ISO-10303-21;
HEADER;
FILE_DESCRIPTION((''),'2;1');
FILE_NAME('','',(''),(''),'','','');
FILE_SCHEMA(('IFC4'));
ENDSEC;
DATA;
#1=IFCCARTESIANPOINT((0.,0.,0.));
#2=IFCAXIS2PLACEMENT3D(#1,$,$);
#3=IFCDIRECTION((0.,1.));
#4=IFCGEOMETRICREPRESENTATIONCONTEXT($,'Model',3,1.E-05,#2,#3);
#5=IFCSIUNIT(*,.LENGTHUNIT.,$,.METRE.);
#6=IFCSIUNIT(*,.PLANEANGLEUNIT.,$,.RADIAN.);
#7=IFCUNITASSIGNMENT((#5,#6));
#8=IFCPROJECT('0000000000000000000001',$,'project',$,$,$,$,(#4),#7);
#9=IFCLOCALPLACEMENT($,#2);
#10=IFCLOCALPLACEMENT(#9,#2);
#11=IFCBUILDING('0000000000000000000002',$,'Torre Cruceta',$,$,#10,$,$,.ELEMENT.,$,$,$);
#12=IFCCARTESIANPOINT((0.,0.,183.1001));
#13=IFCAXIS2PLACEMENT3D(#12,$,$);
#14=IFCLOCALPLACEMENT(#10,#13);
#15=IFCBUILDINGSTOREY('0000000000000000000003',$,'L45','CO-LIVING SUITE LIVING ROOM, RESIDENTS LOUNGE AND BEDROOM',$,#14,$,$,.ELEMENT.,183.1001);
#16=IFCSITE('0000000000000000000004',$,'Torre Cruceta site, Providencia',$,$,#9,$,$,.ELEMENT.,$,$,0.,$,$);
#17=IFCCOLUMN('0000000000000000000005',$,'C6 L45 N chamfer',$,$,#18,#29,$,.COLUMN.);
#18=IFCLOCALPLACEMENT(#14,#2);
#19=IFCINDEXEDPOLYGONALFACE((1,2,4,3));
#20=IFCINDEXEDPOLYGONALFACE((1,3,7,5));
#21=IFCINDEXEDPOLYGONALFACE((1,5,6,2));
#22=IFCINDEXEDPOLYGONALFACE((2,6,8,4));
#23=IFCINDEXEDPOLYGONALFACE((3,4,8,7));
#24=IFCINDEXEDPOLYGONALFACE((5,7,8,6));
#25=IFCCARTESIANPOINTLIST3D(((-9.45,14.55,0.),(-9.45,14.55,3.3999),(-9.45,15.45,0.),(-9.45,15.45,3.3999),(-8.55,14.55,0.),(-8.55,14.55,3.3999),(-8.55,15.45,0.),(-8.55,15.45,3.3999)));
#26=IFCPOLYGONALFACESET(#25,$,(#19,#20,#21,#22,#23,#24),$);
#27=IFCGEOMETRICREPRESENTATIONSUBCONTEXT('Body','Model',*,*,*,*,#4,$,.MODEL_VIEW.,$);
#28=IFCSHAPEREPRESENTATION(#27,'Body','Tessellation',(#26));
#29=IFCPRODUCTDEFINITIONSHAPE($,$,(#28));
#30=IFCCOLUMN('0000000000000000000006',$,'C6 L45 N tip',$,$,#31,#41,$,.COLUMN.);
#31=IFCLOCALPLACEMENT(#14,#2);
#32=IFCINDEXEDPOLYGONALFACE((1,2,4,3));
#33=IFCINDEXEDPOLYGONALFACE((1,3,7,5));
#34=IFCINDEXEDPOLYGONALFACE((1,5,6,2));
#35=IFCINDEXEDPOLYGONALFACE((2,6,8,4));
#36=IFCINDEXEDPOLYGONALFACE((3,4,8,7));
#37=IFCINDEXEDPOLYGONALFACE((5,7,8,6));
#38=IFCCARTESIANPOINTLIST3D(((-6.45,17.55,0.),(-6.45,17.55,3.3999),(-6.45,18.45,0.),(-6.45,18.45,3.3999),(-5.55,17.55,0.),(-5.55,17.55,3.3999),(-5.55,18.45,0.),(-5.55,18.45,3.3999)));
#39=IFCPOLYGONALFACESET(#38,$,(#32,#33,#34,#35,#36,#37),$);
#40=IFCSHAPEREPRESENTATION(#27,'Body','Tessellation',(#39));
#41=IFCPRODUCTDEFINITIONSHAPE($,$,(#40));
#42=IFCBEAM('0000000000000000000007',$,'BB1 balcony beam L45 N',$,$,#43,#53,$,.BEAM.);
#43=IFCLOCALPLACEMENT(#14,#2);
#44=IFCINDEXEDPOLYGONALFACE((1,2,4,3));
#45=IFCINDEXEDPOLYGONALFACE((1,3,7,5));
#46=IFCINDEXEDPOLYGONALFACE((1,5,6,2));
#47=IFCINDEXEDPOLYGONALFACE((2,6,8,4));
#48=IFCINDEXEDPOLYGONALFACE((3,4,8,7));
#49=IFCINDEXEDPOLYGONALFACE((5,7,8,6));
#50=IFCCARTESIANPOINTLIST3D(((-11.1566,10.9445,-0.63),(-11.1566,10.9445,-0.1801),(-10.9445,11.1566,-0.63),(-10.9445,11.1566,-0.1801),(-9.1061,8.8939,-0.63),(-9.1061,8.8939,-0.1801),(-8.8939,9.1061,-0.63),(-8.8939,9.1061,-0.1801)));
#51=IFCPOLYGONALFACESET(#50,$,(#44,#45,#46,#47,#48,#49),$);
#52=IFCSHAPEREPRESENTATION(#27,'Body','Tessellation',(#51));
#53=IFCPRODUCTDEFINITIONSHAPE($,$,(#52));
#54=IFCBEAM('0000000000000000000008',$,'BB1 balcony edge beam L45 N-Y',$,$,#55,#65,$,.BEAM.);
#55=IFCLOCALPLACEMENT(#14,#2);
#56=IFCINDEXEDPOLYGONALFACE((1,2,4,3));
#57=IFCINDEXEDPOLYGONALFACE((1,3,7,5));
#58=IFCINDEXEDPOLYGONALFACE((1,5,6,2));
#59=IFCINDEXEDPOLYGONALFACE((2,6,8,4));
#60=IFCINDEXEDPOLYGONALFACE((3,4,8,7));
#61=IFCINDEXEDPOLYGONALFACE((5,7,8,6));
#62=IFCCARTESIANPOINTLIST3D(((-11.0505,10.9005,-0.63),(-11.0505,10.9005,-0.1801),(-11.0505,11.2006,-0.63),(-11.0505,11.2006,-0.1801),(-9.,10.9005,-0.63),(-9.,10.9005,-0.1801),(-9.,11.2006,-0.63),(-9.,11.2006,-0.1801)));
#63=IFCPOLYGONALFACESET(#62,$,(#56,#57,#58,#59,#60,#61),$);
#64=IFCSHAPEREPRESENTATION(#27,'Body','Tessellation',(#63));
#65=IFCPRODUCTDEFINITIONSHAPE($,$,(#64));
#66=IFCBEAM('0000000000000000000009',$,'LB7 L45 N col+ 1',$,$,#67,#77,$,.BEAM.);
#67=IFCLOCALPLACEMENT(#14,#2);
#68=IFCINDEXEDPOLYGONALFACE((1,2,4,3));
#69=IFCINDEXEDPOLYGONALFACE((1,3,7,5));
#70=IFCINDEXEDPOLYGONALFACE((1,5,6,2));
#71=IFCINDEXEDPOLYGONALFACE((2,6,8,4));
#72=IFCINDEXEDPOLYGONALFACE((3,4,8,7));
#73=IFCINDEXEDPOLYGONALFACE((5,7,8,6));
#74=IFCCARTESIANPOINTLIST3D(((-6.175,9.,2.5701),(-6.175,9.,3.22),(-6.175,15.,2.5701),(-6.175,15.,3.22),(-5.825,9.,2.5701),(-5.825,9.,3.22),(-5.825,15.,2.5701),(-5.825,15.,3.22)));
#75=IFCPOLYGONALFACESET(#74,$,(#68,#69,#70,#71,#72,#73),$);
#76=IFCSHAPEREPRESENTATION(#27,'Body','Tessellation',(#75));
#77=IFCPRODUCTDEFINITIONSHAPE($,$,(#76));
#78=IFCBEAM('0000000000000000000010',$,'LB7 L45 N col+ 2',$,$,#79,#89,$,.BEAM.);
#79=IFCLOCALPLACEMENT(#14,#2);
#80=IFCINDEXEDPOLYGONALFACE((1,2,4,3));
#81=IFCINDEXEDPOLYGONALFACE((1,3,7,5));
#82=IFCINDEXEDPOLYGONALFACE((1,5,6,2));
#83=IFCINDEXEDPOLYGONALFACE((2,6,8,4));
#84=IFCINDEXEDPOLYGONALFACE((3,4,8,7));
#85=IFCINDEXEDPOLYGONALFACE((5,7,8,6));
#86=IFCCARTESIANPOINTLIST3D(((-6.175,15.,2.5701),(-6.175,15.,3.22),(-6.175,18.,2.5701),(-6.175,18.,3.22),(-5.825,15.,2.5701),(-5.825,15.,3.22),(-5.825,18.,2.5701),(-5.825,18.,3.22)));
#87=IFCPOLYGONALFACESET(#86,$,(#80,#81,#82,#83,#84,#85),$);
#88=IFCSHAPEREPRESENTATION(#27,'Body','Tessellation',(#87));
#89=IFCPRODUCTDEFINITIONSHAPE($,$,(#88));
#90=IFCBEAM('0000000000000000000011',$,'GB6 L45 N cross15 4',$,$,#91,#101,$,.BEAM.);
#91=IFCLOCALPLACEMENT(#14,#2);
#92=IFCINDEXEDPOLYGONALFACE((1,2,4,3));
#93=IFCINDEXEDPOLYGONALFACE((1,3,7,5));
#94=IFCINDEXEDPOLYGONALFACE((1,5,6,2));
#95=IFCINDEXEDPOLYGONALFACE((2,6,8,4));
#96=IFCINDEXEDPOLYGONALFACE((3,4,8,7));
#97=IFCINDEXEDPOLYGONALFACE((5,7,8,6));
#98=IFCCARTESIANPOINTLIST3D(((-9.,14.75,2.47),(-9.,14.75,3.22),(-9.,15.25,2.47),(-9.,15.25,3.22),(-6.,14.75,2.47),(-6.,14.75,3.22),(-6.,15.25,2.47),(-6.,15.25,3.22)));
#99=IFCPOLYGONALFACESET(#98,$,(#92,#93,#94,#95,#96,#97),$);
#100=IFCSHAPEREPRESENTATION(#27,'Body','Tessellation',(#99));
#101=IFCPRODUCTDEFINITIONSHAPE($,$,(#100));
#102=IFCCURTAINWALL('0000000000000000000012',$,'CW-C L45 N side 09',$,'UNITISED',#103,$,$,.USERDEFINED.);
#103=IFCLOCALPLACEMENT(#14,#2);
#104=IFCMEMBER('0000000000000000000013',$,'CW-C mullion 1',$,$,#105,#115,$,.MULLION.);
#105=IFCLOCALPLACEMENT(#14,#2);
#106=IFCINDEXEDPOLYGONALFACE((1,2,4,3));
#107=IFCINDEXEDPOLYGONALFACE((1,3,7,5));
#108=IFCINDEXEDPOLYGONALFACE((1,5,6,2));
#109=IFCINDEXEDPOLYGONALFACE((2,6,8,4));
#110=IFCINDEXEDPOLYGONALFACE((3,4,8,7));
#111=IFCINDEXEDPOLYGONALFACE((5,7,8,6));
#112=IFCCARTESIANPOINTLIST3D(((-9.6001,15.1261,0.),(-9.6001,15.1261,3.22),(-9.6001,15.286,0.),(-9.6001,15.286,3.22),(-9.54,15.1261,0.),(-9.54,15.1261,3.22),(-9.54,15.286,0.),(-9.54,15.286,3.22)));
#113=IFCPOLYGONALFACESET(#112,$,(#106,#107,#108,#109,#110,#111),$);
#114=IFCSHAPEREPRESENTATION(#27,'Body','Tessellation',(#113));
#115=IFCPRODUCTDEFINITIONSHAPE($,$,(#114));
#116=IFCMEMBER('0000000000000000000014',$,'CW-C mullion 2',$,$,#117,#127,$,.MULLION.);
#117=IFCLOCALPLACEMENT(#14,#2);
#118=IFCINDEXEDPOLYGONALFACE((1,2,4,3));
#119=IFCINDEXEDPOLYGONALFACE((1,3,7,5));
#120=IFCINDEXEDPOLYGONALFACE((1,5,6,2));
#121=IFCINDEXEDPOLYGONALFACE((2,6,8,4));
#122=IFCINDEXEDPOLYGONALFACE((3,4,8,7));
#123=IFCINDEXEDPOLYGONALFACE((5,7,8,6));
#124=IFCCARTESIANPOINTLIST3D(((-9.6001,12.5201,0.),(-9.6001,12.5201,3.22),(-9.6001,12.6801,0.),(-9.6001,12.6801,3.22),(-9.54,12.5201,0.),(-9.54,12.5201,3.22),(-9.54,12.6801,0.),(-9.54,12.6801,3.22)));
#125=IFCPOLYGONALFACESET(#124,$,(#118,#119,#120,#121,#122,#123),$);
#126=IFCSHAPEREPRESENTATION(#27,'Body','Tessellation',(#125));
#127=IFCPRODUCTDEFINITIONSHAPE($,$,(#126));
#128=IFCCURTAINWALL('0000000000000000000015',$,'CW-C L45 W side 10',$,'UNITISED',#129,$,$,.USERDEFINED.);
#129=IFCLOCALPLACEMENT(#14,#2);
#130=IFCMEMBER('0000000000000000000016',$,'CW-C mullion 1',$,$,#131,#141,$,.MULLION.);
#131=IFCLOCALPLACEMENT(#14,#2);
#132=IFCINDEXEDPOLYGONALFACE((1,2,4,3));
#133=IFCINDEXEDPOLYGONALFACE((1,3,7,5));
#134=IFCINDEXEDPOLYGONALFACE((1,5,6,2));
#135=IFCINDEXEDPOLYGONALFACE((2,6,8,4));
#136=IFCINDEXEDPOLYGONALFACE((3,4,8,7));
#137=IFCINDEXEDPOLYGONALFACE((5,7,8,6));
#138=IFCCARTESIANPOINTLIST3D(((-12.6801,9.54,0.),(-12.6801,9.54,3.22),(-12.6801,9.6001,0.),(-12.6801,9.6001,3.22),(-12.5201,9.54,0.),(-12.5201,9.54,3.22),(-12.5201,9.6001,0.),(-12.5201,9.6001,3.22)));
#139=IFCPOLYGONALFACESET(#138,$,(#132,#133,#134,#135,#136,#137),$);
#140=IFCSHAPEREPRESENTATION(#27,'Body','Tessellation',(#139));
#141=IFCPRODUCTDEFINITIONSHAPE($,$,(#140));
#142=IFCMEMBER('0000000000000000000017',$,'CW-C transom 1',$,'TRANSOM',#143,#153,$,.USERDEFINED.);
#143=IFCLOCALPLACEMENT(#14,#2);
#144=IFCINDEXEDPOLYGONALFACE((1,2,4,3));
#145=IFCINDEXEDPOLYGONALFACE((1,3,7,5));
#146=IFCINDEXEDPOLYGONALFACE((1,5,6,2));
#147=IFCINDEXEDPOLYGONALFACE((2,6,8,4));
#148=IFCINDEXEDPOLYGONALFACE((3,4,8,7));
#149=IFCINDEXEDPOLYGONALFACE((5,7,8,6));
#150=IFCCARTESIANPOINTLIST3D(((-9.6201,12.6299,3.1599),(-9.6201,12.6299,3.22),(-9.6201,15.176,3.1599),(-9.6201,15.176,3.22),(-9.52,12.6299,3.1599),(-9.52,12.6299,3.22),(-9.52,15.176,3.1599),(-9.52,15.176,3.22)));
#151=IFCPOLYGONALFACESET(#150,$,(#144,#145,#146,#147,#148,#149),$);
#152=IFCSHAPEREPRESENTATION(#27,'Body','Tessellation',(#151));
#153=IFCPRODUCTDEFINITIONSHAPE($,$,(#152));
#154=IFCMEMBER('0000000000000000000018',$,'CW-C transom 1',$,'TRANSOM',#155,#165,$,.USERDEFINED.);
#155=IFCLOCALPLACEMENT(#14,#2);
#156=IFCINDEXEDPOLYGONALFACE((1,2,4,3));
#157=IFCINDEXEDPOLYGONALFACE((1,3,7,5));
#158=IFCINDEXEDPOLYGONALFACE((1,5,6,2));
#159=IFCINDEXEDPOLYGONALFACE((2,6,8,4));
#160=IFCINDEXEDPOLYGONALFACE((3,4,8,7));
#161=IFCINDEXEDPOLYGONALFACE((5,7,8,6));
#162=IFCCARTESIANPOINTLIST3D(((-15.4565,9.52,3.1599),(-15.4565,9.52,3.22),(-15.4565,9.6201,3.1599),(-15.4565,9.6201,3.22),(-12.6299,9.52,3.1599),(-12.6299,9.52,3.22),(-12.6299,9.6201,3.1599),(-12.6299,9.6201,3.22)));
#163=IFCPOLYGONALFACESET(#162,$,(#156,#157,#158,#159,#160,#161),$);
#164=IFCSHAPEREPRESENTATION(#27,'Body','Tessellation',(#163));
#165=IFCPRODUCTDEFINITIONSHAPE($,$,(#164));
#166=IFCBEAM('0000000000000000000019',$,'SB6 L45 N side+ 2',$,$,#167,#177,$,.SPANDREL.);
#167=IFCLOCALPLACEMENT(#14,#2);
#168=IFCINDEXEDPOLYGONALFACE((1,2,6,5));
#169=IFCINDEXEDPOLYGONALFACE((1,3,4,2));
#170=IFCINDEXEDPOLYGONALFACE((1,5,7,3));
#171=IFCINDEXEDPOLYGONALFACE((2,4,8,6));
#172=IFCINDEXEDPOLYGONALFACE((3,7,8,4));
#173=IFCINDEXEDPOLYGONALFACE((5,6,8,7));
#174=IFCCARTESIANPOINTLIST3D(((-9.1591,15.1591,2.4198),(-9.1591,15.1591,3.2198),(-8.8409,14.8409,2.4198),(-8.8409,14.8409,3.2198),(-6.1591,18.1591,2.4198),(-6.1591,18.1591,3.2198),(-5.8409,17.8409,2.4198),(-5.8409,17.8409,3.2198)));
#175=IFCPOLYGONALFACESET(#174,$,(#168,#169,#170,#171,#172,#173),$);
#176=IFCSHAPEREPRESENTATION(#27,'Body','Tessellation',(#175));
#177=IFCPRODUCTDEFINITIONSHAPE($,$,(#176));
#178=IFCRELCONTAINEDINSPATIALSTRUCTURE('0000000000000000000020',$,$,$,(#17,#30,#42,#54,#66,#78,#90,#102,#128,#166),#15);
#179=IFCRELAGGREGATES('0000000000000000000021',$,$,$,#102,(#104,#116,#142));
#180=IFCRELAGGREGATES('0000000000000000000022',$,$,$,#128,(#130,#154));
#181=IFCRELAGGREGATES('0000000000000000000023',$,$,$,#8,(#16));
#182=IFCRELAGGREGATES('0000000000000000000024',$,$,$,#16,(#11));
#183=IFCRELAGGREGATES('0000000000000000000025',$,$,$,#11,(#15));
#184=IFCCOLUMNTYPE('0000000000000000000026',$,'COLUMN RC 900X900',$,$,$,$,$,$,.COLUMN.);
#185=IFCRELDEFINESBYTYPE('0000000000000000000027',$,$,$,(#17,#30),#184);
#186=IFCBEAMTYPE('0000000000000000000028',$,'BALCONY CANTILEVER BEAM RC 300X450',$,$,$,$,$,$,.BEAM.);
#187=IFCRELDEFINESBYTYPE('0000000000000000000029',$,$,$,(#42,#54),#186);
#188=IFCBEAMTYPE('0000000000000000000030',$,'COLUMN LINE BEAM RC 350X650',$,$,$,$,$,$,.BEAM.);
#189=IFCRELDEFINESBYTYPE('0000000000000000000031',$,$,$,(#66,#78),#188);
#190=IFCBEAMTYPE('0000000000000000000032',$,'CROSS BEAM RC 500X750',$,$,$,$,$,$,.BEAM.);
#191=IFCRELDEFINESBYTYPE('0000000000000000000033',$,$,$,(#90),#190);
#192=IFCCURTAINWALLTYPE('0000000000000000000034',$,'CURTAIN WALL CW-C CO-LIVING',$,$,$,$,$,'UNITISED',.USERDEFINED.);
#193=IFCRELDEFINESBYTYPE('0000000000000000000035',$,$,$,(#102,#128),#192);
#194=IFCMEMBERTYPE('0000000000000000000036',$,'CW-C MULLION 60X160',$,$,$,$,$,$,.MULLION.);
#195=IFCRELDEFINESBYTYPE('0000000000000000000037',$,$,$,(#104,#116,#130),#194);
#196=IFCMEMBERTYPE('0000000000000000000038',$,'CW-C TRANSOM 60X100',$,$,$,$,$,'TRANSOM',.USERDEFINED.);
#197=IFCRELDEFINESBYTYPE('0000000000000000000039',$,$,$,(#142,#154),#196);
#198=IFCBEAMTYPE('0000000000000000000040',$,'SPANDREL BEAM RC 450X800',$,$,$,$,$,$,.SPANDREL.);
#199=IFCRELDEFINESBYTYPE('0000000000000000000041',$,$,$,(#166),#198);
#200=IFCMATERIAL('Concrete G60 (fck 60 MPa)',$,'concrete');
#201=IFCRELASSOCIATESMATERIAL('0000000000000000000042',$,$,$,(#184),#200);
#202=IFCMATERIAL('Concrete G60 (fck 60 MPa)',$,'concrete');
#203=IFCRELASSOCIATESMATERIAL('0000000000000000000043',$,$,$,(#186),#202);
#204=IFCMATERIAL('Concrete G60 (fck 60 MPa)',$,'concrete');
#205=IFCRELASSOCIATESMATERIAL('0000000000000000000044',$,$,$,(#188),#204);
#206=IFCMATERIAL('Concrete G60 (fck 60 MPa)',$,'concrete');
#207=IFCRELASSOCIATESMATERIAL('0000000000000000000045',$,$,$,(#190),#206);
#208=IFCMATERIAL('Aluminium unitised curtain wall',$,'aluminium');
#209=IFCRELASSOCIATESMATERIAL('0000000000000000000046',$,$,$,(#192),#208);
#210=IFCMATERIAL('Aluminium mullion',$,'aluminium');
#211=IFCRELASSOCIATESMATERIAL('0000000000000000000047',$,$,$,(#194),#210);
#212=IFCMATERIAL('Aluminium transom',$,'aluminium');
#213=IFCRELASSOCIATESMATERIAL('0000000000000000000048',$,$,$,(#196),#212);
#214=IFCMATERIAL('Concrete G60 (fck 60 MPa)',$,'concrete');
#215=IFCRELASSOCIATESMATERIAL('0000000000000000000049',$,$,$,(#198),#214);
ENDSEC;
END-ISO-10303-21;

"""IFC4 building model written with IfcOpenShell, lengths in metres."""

from ifc_helpers import new_model, si_unit, direction, frame, origin, origin_2d, place, context, subcontext, project, spatial, rectangle, extrude, material, material_profile, profile_set, type_object, element, aggregate, save


model = new_model("IFC4")

# Units and contexts
model_context = context("Model", 3, precision=1e-05, world=origin(), true_north=direction((0.0, 1.0)))
body_context = subcontext(model_context, "Body", "Model", "MODEL_VIEW")
ifc_project = project(units=[si_unit("LENGTHUNIT", "METRE"), si_unit("PLANEANGLEUNIT", "RADIAN")], contexts=[model_context])

# Site, building, storey
site_placement = place(None, origin())
site = spatial("IfcSite", under=ifc_project, at=site_placement, Name="Torre Cruceta site, Providencia", CompositionType="ELEMENT", RefElevation=0.0)
building_placement = place(site_placement, origin())
building = spatial("IfcBuilding", under=site, at=building_placement, Name="Torre Cruceta", CompositionType="ELEMENT")
storey_placement = place(building_placement, frame((0.0, 0.0, 183.1001)))
storey = spatial("IfcBuildingStorey", under=building, at=storey_placement, Name="L45", Description="CO-LIVING SUITE LIVING ROOM, RESIDENTS LOUNGE AND BEDROOM", CompositionType="ELEMENT", Elevation=183.1001)

# Columns
ifc_material_1 = material(Name="Concrete G60 (fck 60 MPa)", Category="concrete")
ifc_material_profile_1 = material_profile(ifc_material_1, rectangle(XDim=0.8999, YDim=0.8999, at=origin_2d()), Name="RC 900X900")
ifc_profile_set_1 = profile_set([ifc_material_profile_1], Name="Concrete G60 (fck 60 MPa)")
column_type = type_object("IfcColumnType", Name="COLUMN RC 900X900", PredefinedType="COLUMN", material=ifc_profile_set_1)
for number, where, z_axis, x_axis, name in (
    (1, (-9.0, 15.0, 0.0), (0.0, 0.0, 1.0), (1.0, 0.0, 0.0), "C6 L45 N chamfer"),
    (2, (-6.0, 18.0, 0.0), (0.0, 0.0, 1.0), (1.0, 0.0, 0.0), "C6 L45 N tip"),
):
    element("IfcColumn", number, at=place(storey_placement, frame(where, z_axis=z_axis, x_axis=x_axis)), inside=storey, type_object=column_type, Name=name, PredefinedType="COLUMN", context=body_context, shape_type="SweptSolid", body=[
        extrude(rectangle(XDim=0.8999, YDim=0.8999, at=origin_2d()), origin(), (0.0, 0.0, 1.0), 3.3999),
    ])

# Beams
ifc_material_2 = material(Name="Concrete G60 (fck 60 MPa)", Category="concrete")
ifc_material_profile_2 = material_profile(ifc_material_2, rectangle(XDim=0.3, YDim=0.45, at=origin_2d()), Name="RC 300X450")
ifc_profile_set_2 = profile_set([ifc_material_profile_2], Name="Concrete G60 (fck 60 MPa)")
beam_type_1 = type_object("IfcBeamType", Name="BALCONY CANTILEVER BEAM RC 300X450", PredefinedType="BEAM", material=ifc_profile_set_2)
beam_1_placement = place(storey_placement, frame((-9.0, 9.0, -0.405), z_axis=(-0.707107, 0.707107, 0.0), x_axis=(-0.707107, -0.707107, 0.0)))
element("IfcBeam", 3, at=beam_1_placement, inside=storey, type_object=beam_type_1, Name="BB1 balcony beam L45 N", PredefinedType="BEAM", context=body_context, shape_type="SweptSolid", body=[
    extrude(rectangle(XDim=0.3, YDim=0.45, at=origin_2d()), origin(), (0.0, 0.0, 1.0), 2.8999),
])
beam_2_placement = place(storey_placement, frame((-9.0, 11.0505, -0.405), z_axis=(-1.0, 0.0, 0.0), x_axis=(0.0, -1.0, 0.0)))
element("IfcBeam", 4, at=beam_2_placement, inside=storey, type_object=beam_type_1, Name="BB1 balcony edge beam L45 N-Y", PredefinedType="BEAM", context=body_context, shape_type="SweptSolid", body=[
    extrude(rectangle(XDim=0.3, YDim=0.45, at=origin_2d()), origin(), (0.0, 0.0, 1.0), 2.0505),
])
ifc_material_3 = material(Name="Concrete G60 (fck 60 MPa)", Category="concrete")
ifc_material_profile_3 = material_profile(ifc_material_3, rectangle(XDim=0.3501, YDim=0.6499, at=origin_2d()), Name="RC 350X650")
ifc_profile_set_3 = profile_set([ifc_material_profile_3], Name="Concrete G60 (fck 60 MPa)")
beam_type_2 = type_object("IfcBeamType", Name="COLUMN LINE BEAM RC 350X650", PredefinedType="BEAM", material=ifc_profile_set_3)
beam_3_placement = place(storey_placement, frame((-6.0, 9.0, 2.895), z_axis=(0.0, 1.0, 0.0), x_axis=(-1.0, 0.0, 0.0)))
element("IfcBeam", 5, at=beam_3_placement, inside=storey, type_object=beam_type_2, Name="LB7 L45 N col+ 1", PredefinedType="BEAM", context=body_context, shape_type="SweptSolid", body=[
    extrude(rectangle(XDim=0.3501, YDim=0.6499, at=origin_2d()), origin(), (0.0, 0.0, 1.0), 6.0),
])
beam_4_placement = place(storey_placement, frame((-6.0, 15.0, 2.895), z_axis=(0.0, 1.0, 0.0), x_axis=(-1.0, 0.0, 0.0)))
element("IfcBeam", 6, at=beam_4_placement, inside=storey, type_object=beam_type_2, Name="LB7 L45 N col+ 2", PredefinedType="BEAM", context=body_context, shape_type="SweptSolid", body=[
    extrude(rectangle(XDim=0.3501, YDim=0.6499, at=origin_2d()), origin(), (0.0, 0.0, 1.0), 3.0),
])
ifc_material_4 = material(Name="Concrete G60 (fck 60 MPa)", Category="concrete")
ifc_material_profile_4 = material_profile(ifc_material_4, rectangle(XDim=0.5, YDim=0.75, at=origin_2d()), Name="RC 500X750")
ifc_profile_set_4 = profile_set([ifc_material_profile_4], Name="Concrete G60 (fck 60 MPa)")
beam_type_3 = type_object("IfcBeamType", Name="CROSS BEAM RC 500X750", PredefinedType="BEAM", material=ifc_profile_set_4)
beam_5_placement = place(storey_placement, frame((-6.0, 15.0, 2.845), z_axis=(-1.0, 0.0, 0.0), x_axis=(0.0, -1.0, 0.0)))
element("IfcBeam", 7, at=beam_5_placement, inside=storey, type_object=beam_type_3, Name="GB6 L45 N cross15 4", PredefinedType="BEAM", context=body_context, shape_type="SweptSolid", body=[
    extrude(rectangle(XDim=0.5, YDim=0.75, at=origin_2d()), origin(), (0.0, 0.0, 1.0), 3.0),
])

# Curtain wall, members
ifc_material_5 = material(Name="Aluminium unitised curtain wall", Category="aluminium")
curtain_wall_type = type_object("IfcCurtainWallType", Name="CURTAIN WALL CW-C CO-LIVING", ElementType="UNITISED", PredefinedType="USERDEFINED", material=ifc_material_5)
curtain_wall_1_placement = place(storey_placement, origin())
curtain_wall_1 = element("IfcCurtainWall", 8, at=curtain_wall_1_placement, inside=storey, type_object=curtain_wall_type, Name="CW-C L45 N side 09", ObjectType="UNITISED", PredefinedType="USERDEFINED")
ifc_material_6 = material(Name="Aluminium mullion", Category="aluminium")
ifc_material_profile_5 = material_profile(ifc_material_6, rectangle(XDim=0.0601, YDim=0.1599, at=origin_2d()), Name="AL 60X160")
ifc_profile_set_5 = profile_set([ifc_material_profile_5], Name="Aluminium mullion")
member_type_1 = type_object("IfcMemberType", Name="CW-C MULLION 60X160", PredefinedType="MULLION", material=ifc_profile_set_5)
member_1_placement = place(storey_placement, frame((-9.5701, 15.2061, 0.0), z_axis=(0.0, 0.0, 1.0), x_axis=(1.0, 0.0, 0.0)))
member_1 = element("IfcMember", 9, at=member_1_placement, type_object=member_type_1, Name="CW-C mullion 1", PredefinedType="MULLION", context=body_context, shape_type="SweptSolid", body=[
    extrude(rectangle(XDim=0.0601, YDim=0.1599, at=origin_2d()), origin(), (0.0, 0.0, 1.0), 3.22),
])
member_2_placement = place(storey_placement, frame((-9.5701, 12.6001, 0.0), z_axis=(0.0, 0.0, 1.0), x_axis=(1.0, 0.0, 0.0)))
member_2 = element("IfcMember", 10, at=member_2_placement, type_object=member_type_1, Name="CW-C mullion 2", PredefinedType="MULLION", context=body_context, shape_type="SweptSolid", body=[
    extrude(rectangle(XDim=0.0601, YDim=0.1599, at=origin_2d()), origin(), (0.0, 0.0, 1.0), 3.22),
])

# Curtain wall, member
curtain_wall_2_placement = place(storey_placement, origin())
curtain_wall_2 = element("IfcCurtainWall", 11, at=curtain_wall_2_placement, inside=storey, type_object=curtain_wall_type, Name="CW-C L45 W side 10", ObjectType="UNITISED", PredefinedType="USERDEFINED")
member_3_placement = place(storey_placement, frame((-12.6001, 9.5701, 0.0), z_axis=(0.0, 0.0, 1.0), x_axis=(0.0, -1.0, 0.0)))
member_3 = element("IfcMember", 12, at=member_3_placement, type_object=member_type_1, Name="CW-C mullion 1", PredefinedType="MULLION", context=body_context, shape_type="SweptSolid", body=[
    extrude(rectangle(XDim=0.0601, YDim=0.1599, at=origin_2d()), origin(), (0.0, 0.0, 1.0), 3.22),
])

# Members
ifc_material_7 = material(Name="Aluminium transom", Category="aluminium")
ifc_material_profile_6 = material_profile(ifc_material_7, rectangle(XDim=0.1001, YDim=0.0601, at=origin_2d()), Name="AL 100X60")
ifc_profile_set_6 = profile_set([ifc_material_profile_6], Name="Aluminium transom")
member_type_2 = type_object("IfcMemberType", Name="CW-C TRANSOM 60X100", ElementType="TRANSOM", PredefinedType="USERDEFINED", material=ifc_profile_set_6)
member_4_placement = place(storey_placement, frame((-9.5701, 15.176, 3.1899), z_axis=(0.0, -1.0, 0.0), x_axis=(1.0, 0.0, 0.0)))
member_4 = element("IfcMember", 13, at=member_4_placement, type_object=member_type_2, Name="CW-C transom 1", ObjectType="TRANSOM", PredefinedType="USERDEFINED", context=body_context, shape_type="SweptSolid", body=[
    extrude(rectangle(XDim=0.1001, YDim=0.0601, at=origin_2d()), origin(), (0.0, 0.0, 1.0), 2.5461),
])
member_5_placement = place(storey_placement, frame((-12.6299, 9.5701, 3.1899), z_axis=(-1.0, 0.0, 0.0), x_axis=(0.0, -1.0, 0.0)))
member_5 = element("IfcMember", 14, at=member_5_placement, type_object=member_type_2, Name="CW-C transom 1", ObjectType="TRANSOM", PredefinedType="USERDEFINED", context=body_context, shape_type="SweptSolid", body=[
    extrude(rectangle(XDim=0.1001, YDim=0.0601, at=origin_2d()), origin(), (0.0, 0.0, 1.0), 2.8267),
])

# Beam
ifc_material_8 = material(Name="Concrete G60 (fck 60 MPa)", Category="concrete")
ifc_material_profile_7 = material_profile(ifc_material_8, rectangle(XDim=0.45, YDim=0.8, at=origin_2d()), Name="RC 450X800")
ifc_profile_set_7 = profile_set([ifc_material_profile_7], Name="Concrete G60 (fck 60 MPa)")
beam_type_4 = type_object("IfcBeamType", Name="SPANDREL BEAM RC 450X800", PredefinedType="SPANDREL", material=ifc_profile_set_7)
beam_6_placement = place(storey_placement, frame((-9.0, 15.0, 2.8198), z_axis=(0.707107, 0.707107, 0.0), x_axis=(-0.707107, 0.707107, 0.0)))
element("IfcBeam", 15, at=beam_6_placement, inside=storey, type_object=beam_type_4, Name="SB6 L45 N side+ 2", PredefinedType="SPANDREL", context=body_context, shape_type="SweptSolid", body=[
    extrude(rectangle(XDim=0.45, YDim=0.8, at=origin_2d()), origin(), (0.0, 0.0, 1.0), 4.2427),
])

aggregate(curtain_wall_1, [member_1, member_2, member_4])
aggregate(curtain_wall_2, [member_3, member_5])

save(model, "model.ifc")
